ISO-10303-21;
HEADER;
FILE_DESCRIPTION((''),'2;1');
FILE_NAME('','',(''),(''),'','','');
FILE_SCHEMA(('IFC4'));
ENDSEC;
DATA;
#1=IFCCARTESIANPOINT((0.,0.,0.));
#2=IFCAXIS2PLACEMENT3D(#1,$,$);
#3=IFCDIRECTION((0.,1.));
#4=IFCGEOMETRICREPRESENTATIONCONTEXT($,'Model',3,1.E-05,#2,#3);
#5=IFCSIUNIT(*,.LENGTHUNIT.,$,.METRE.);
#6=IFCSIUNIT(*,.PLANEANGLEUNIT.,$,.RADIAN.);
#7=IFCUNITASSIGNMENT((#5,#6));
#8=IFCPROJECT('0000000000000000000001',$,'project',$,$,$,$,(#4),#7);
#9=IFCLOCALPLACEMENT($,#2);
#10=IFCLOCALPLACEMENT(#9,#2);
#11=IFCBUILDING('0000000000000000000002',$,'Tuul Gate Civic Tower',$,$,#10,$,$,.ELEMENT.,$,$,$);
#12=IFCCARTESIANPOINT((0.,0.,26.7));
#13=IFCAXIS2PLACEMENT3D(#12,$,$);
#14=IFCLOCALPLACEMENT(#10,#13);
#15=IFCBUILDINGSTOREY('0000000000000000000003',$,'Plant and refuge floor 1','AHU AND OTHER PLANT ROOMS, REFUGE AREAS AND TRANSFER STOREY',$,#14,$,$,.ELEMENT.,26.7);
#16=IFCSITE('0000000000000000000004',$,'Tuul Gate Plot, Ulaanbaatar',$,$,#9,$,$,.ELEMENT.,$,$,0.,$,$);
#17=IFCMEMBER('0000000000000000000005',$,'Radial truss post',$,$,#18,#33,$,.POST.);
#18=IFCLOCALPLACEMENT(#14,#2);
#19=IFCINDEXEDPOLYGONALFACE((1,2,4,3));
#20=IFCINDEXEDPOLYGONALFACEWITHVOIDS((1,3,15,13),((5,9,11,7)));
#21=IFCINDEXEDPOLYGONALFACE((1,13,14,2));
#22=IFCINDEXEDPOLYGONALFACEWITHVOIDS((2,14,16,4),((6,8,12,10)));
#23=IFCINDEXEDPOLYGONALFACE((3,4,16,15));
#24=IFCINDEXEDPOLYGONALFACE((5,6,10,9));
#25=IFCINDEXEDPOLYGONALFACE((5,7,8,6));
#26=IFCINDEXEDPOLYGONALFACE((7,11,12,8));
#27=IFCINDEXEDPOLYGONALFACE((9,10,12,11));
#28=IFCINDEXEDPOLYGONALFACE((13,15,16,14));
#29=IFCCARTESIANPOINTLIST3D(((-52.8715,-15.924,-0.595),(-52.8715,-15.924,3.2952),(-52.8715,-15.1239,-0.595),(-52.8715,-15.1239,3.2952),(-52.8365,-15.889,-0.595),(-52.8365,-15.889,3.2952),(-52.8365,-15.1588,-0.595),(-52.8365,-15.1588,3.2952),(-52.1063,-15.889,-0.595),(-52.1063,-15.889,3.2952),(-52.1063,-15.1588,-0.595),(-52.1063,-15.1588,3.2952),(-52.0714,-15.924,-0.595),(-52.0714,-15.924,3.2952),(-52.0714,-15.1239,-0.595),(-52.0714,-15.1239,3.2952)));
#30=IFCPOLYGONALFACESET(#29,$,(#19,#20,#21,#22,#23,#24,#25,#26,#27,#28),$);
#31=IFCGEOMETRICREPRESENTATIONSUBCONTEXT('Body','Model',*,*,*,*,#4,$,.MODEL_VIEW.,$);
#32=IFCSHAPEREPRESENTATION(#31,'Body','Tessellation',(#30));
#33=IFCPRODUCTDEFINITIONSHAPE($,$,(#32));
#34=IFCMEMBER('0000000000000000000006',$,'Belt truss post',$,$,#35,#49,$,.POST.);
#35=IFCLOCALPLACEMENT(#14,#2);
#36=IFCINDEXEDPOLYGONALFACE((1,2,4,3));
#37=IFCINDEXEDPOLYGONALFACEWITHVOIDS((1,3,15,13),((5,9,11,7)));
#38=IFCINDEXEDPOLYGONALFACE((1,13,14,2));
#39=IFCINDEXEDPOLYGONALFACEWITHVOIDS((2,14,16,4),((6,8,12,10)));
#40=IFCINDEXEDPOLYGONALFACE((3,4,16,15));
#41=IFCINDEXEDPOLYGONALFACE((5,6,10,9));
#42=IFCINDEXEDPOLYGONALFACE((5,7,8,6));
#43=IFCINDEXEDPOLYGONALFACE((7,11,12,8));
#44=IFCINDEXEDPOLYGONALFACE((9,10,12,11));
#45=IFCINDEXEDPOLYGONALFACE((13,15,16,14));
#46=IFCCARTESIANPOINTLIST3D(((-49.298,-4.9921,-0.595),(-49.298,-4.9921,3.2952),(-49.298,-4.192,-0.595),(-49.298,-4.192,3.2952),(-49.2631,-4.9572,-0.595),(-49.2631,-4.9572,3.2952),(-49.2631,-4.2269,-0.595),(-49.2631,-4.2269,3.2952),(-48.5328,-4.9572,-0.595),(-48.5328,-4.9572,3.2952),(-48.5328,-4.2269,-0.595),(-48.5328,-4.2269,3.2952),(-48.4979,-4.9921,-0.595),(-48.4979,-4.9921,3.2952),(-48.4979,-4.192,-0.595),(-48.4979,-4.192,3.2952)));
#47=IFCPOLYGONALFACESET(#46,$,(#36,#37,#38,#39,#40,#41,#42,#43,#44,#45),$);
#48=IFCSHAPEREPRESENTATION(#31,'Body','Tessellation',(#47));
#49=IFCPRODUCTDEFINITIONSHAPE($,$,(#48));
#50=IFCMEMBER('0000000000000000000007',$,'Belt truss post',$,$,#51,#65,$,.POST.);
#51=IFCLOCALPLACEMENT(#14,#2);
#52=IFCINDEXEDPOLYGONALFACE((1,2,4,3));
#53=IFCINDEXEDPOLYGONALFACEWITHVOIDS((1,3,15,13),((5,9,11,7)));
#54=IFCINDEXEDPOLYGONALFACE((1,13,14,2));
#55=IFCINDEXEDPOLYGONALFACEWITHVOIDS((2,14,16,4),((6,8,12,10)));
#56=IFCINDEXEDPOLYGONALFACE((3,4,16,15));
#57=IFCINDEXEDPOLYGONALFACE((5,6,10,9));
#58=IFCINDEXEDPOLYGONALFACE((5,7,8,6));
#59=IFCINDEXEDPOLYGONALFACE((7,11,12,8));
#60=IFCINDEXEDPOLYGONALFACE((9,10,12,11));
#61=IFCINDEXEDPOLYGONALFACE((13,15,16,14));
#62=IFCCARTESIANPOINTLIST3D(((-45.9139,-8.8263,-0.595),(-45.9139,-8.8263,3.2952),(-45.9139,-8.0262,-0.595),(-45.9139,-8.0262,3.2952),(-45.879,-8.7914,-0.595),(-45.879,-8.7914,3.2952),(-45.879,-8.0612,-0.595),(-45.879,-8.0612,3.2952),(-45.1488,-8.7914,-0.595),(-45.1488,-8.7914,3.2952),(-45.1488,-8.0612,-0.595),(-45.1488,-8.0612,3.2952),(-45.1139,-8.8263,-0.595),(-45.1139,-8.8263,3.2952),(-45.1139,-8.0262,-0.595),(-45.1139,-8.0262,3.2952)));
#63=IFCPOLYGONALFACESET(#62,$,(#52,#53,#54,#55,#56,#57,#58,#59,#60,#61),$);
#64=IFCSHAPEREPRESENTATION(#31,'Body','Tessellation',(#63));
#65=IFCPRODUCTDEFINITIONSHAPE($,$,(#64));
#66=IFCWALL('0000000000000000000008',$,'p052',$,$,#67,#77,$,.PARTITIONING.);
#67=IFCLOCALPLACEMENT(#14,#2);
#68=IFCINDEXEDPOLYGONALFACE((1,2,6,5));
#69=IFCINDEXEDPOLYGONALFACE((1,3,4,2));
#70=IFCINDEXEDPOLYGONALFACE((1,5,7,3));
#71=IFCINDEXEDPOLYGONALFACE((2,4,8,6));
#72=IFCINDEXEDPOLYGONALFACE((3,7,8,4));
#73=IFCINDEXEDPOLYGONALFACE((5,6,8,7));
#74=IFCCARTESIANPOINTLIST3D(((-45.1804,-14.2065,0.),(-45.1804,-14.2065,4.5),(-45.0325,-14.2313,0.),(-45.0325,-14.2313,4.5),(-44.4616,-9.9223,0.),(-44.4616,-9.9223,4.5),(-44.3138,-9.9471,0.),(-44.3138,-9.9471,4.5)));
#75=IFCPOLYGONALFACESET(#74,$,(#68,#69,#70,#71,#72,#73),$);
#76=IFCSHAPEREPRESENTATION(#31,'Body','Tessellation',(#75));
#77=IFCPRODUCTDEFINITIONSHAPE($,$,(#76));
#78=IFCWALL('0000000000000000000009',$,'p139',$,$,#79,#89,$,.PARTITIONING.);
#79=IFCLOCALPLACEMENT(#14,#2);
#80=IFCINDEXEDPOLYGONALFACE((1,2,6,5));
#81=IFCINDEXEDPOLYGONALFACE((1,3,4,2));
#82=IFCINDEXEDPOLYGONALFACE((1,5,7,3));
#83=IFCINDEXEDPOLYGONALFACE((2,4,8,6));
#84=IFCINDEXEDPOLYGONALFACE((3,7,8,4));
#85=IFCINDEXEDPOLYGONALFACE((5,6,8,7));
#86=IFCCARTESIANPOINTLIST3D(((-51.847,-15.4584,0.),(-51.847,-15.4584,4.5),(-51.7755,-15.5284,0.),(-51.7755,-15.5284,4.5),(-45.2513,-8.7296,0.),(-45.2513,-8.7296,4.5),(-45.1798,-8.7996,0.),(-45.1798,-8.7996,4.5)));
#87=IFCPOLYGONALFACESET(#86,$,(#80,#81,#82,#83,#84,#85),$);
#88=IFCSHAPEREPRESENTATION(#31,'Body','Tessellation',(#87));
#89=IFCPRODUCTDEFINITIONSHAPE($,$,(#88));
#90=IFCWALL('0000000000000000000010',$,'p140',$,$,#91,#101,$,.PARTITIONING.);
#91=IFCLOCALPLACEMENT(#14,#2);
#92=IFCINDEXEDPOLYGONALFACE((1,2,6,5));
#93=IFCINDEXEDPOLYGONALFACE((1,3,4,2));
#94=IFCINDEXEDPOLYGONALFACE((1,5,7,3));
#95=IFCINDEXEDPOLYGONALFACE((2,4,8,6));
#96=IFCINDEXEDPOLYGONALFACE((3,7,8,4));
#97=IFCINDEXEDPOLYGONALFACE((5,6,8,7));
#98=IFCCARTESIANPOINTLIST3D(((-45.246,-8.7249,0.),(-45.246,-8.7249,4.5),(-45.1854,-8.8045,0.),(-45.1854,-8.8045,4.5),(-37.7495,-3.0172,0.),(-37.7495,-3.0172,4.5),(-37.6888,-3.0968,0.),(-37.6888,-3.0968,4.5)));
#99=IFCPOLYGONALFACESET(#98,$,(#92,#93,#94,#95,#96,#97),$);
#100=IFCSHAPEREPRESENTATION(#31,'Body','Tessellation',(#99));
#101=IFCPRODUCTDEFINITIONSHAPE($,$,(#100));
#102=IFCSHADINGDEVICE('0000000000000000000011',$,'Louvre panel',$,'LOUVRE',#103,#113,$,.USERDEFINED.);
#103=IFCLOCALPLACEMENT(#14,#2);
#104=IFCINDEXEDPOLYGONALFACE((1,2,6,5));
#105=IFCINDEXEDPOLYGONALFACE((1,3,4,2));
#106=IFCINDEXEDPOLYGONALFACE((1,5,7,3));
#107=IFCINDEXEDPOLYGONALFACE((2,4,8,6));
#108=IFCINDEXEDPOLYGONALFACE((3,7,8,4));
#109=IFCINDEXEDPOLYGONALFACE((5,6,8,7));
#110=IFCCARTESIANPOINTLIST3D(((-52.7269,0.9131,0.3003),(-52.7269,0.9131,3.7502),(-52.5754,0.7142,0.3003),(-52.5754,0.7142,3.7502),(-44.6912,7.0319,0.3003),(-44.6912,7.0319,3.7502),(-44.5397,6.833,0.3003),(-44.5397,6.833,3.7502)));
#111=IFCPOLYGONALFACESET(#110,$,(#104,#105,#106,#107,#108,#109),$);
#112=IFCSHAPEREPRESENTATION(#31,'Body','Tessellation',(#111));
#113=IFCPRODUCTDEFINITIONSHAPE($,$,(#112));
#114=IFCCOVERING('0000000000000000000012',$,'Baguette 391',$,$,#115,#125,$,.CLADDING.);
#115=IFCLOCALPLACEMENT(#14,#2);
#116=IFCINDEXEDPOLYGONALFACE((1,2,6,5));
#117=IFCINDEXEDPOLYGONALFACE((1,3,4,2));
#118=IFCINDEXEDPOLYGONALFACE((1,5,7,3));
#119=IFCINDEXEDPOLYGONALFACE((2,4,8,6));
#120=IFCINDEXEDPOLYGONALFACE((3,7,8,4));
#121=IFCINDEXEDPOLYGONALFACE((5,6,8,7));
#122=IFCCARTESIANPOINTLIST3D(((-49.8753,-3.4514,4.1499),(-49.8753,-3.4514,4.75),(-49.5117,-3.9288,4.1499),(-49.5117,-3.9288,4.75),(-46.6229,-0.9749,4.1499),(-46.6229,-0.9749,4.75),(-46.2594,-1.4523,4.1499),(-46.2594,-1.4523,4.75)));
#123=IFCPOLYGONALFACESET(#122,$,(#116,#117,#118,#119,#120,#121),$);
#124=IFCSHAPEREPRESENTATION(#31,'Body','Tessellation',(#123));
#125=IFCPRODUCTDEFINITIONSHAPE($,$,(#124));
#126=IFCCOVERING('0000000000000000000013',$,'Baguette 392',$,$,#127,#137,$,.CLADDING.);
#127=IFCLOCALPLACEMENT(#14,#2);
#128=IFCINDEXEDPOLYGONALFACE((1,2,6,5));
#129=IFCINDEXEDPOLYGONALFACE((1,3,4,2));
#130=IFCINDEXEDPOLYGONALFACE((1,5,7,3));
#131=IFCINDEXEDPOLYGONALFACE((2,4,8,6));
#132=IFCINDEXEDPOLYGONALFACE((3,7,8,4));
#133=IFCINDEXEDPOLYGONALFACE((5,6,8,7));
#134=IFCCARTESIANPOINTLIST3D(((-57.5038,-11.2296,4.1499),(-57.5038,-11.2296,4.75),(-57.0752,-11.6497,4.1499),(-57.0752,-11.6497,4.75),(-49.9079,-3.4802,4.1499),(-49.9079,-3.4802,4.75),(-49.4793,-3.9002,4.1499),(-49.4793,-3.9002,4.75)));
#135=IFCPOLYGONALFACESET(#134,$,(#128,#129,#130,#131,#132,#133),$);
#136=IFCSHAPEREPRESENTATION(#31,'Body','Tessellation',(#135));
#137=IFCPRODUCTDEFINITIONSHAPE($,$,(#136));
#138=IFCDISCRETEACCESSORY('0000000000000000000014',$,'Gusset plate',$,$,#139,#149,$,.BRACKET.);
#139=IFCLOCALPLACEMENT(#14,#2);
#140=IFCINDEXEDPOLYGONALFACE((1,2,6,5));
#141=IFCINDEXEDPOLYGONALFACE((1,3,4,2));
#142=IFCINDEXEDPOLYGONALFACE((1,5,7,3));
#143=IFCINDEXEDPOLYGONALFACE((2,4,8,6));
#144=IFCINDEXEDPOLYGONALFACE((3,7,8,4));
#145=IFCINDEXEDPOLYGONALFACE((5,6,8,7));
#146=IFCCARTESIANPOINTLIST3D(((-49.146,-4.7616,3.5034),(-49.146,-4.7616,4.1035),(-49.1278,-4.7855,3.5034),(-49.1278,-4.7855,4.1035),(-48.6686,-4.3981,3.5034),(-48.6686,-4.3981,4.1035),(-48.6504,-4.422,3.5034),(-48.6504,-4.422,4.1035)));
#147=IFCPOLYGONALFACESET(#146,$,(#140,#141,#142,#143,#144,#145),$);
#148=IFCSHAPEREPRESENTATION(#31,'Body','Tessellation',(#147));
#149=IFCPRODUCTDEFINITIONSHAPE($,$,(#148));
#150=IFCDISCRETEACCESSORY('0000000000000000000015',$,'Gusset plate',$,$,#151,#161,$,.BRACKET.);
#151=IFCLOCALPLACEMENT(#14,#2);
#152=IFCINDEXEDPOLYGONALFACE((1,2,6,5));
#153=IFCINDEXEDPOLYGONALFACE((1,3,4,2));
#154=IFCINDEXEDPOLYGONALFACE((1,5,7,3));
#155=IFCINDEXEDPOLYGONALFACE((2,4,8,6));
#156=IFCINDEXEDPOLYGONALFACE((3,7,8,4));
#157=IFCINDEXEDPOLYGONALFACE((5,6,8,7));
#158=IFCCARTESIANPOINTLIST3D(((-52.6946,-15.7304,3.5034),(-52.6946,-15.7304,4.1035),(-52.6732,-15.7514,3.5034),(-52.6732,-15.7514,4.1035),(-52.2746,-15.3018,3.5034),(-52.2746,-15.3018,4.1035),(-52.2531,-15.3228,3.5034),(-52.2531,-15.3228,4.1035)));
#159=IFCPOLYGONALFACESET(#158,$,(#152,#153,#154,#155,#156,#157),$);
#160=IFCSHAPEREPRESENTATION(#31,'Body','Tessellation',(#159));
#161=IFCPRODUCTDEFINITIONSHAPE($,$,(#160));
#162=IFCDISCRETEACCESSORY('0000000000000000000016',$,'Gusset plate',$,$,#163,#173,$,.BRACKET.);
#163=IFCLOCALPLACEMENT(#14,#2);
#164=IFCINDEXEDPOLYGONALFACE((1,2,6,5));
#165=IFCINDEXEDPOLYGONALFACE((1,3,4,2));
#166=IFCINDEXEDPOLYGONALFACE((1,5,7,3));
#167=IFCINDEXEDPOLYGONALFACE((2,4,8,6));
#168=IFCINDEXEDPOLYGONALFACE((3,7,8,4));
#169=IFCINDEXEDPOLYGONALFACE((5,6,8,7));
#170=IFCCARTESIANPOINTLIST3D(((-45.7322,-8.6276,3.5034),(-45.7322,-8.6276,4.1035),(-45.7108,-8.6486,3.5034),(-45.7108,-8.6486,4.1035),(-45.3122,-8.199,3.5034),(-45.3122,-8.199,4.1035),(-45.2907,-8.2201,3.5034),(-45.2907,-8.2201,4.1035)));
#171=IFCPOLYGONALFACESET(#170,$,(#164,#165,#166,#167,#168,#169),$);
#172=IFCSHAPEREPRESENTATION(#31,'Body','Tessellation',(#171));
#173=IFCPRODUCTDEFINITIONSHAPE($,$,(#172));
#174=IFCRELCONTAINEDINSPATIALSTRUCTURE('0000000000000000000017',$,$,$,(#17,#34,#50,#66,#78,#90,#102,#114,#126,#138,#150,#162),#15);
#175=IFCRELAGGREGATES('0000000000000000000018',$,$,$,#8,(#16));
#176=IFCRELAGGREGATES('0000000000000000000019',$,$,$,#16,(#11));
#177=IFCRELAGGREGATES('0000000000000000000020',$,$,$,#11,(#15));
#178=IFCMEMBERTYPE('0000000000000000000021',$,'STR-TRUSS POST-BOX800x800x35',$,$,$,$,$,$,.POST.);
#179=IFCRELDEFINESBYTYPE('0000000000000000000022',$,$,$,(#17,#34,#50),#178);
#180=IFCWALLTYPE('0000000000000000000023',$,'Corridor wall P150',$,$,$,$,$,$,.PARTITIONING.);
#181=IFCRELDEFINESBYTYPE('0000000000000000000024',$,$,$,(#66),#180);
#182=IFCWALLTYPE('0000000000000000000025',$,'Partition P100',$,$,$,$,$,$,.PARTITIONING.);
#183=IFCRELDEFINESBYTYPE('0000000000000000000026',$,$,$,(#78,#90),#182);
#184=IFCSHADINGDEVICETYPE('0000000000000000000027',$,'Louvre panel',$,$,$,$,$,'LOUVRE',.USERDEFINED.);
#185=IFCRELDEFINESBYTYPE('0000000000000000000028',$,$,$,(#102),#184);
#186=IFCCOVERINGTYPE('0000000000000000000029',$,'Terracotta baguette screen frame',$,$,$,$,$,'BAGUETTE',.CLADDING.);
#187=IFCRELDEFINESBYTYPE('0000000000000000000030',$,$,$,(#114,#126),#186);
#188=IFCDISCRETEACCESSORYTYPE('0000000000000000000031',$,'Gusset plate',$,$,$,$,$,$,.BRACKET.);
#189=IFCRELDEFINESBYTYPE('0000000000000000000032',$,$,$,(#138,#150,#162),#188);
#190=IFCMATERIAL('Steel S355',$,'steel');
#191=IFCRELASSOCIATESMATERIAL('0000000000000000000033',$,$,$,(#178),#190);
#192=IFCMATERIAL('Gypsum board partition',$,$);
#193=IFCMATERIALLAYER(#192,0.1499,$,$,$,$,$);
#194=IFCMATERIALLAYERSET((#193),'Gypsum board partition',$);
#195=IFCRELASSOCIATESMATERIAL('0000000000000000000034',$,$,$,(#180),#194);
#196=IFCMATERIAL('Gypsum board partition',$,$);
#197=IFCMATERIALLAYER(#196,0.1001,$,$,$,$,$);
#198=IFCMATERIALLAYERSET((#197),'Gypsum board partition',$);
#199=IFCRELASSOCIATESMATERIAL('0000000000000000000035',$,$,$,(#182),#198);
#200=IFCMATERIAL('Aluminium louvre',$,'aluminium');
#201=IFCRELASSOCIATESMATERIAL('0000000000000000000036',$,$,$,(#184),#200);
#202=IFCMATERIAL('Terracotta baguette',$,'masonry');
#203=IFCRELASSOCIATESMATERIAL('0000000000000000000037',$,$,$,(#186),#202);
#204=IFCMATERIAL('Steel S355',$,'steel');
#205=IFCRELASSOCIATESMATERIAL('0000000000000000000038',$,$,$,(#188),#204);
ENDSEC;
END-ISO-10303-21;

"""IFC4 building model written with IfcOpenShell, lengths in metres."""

from ifc_helpers import new_model, si_unit, direction, frame, frame_2d, origin, origin_2d, place, context, subcontext, project, spatial, rectangle, hollow_rectangle, extrude, material, layer, layer_set, material_profile, profile_set, type_object, element, save


model = new_model("IFC4")

# Units and contexts
model_context = context("Model", 3, precision=1e-05, world=origin(), true_north=direction((0.0, 1.0)))
body_context = subcontext(model_context, "Body", "Model", "MODEL_VIEW")
ifc_project = project(units=[si_unit("LENGTHUNIT", "METRE"), si_unit("PLANEANGLEUNIT", "RADIAN")], contexts=[model_context])

# Site, building, storey
site_placement = place(None, origin())
site = spatial("IfcSite", under=ifc_project, at=site_placement, Name="Tuul Gate Plot, Ulaanbaatar", CompositionType="ELEMENT", RefElevation=0.0)
building_placement = place(site_placement, origin())
building = spatial("IfcBuilding", under=site, at=building_placement, Name="Tuul Gate Civic Tower", CompositionType="ELEMENT")
storey_placement = place(building_placement, frame((0.0, 0.0, 26.7)))
storey = spatial("IfcBuildingStorey", under=building, at=storey_placement, Name="Plant and refuge floor 1", Description="AHU AND OTHER PLANT ROOMS, REFUGE AREAS AND TRANSFER STOREY", CompositionType="ELEMENT", Elevation=26.7)

# Members
ifc_material_1 = material(Name="Steel S355", Category="steel")
ifc_material_profile_1 = material_profile(ifc_material_1, hollow_rectangle(XDim=0.8, YDim=0.8, WallThickness=0.0349, at=origin_2d()), Name="BOX800x800x35")
ifc_profile_set_1 = profile_set([ifc_material_profile_1], Name="Steel S355")
member_type_1 = type_object("IfcMemberType", Name="STR-TRUSS POST-BOX800x800x35", PredefinedType="POST", material=ifc_profile_set_1)
for number, where, z_axis, x_axis, name in (
    (1, (-52.4714, -15.5239, -0.595), (0.0, 0.0, 1.0), (1.0, 0.0, 0.0), "Radial truss post"),
    (2, (-48.8979, -4.592, -0.595), (0.0, 0.0, 1.0), (1.0, 0.0, 0.0), "Belt truss post"),
    (3, (-45.5139, -8.4263, -0.595), (0.0, 0.0, 1.0), (1.0, 0.0, 0.0), "Belt truss post"),
):
    element("IfcMember", number, at=place(storey_placement, frame(where, z_axis=z_axis, x_axis=x_axis)), inside=storey, type_object=member_type_1, Name=name, PredefinedType="POST", context=body_context, shape_type="SweptSolid", body=[
        extrude(hollow_rectangle(XDim=0.8, YDim=0.8, WallThickness=0.0349, at=origin_2d()), origin(), (0.0, 0.0, 1.0), 3.8901),
    ])

# Walls
ifc_material_2 = material(Name="Gypsum board partition")
ifc_layer_1 = layer(ifc_material_2, 0.1499)
ifc_layer_set_1 = layer_set([ifc_layer_1], Name="Gypsum board partition")
wall_type_1 = type_object("IfcWallType", Name="Corridor wall P150", PredefinedType="PARTITIONING", material=ifc_layer_set_1)
wall_1_placement = place(storey_placement, frame((-45.1064, -14.2188, 0.0), z_axis=(0.0, 0.0, 1.0), x_axis=(0.165456, 0.986217, 0.0)))
element("IfcWall", 4, at=wall_1_placement, inside=storey, type_object=wall_type_1, Name="p052", PredefinedType="PARTITIONING", context=body_context, shape_type="SweptSolid", body=[
    extrude(rectangle(XDim=4.344, YDim=0.1499, at=frame_2d((2.1719, 0.0))), origin(), (0.0, 0.0, 1.0), 4.5),
])
ifc_material_3 = material(Name="Gypsum board partition")
ifc_layer_2 = layer(ifc_material_3, 0.1001)
ifc_layer_set_2 = layer_set([ifc_layer_2], Name="Gypsum board partition")
wall_type_2 = type_object("IfcWallType", Name="Partition P100", PredefinedType="PARTITIONING", material=ifc_layer_set_2)
wall_2_placement = place(storey_placement, frame((-51.8113, -15.4934, 0.0), z_axis=(0.0, 0.0, 1.0), x_axis=(0.700011, 0.714132, 0.0)))
element("IfcWall", 5, at=wall_2_placement, inside=storey, type_object=wall_type_2, Name="p139", PredefinedType="PARTITIONING", context=body_context, shape_type="SweptSolid", body=[
    extrude(rectangle(XDim=9.4224, YDim=0.1001, at=frame_2d((4.7112, 0.0))), origin(), (0.0, 0.0, 1.0), 4.5),
])
wall_3_placement = place(storey_placement, frame((-45.2156, -8.7646, 0.0), z_axis=(0.0, 0.0, 1.0), x_axis=(0.795632, 0.60578, 0.0)))
element("IfcWall", 6, at=wall_3_placement, inside=storey, type_object=wall_type_2, Name="p140", PredefinedType="PARTITIONING", context=body_context, shape_type="SweptSolid", body=[
    extrude(rectangle(XDim=9.4221, YDim=0.1001, at=frame_2d((4.7109, 0.0))), origin(), (0.0, 0.0, 1.0), 4.5),
])

# Shading device
ifc_material_4 = material(Name="Aluminium louvre", Category="aluminium")
shading_device_type = type_object("IfcShadingDeviceType", Name="Louvre panel", ElementType="LOUVRE", PredefinedType="USERDEFINED", material=ifc_material_4)
shading_device_placement = place(storey_placement, frame((-48.6333, 3.873, 0.3003), z_axis=(0.0, 0.0, 1.0), x_axis=(-0.605812, 0.795608, 0.0)))
element("IfcShadingDevice", 7, at=shading_device_placement, inside=storey, type_object=shading_device_type, Name="Louvre panel", ObjectType="LOUVRE", PredefinedType="USERDEFINED", context=body_context, shape_type="SweptSolid", body=[
    extrude(rectangle(XDim=0.25, YDim=10.1001, at=origin_2d()), origin(), (0.0, 0.0, 1.0), 3.45),
])

# Coverings
ifc_material_5 = material(Name="Terracotta baguette", Category="masonry")
ifc_material_profile_2 = material_profile(ifc_material_5, rectangle(XDim=0.6001, YDim=0.6001, at=origin_2d()), Name="Terracotta baguette screen frame")
ifc_profile_set_2 = profile_set([ifc_material_profile_2], Name="Terracotta baguette")
covering_type = type_object("IfcCoveringType", Name="Terracotta baguette screen frame", ElementType="BAGUETTE", PredefinedType="CLADDING", material=ifc_profile_set_2)
covering_1_placement = place(storey_placement, frame((-46.4412, -1.2136, 4.45), z_axis=(-0.795607, -0.605813, 0.0), x_axis=(0.605813, -0.795607, 0.0)))
element("IfcCovering", 8, at=covering_1_placement, inside=storey, type_object=covering_type, Name="Baguette 391", PredefinedType="CLADDING", context=body_context, shape_type="SweptSolid", body=[
    extrude(rectangle(XDim=0.6001, YDim=0.6001, at=origin_2d()), origin(), (0.0, 0.0, 1.0), 4.0879),
])
covering_2_placement = place(storey_placement, frame((-49.6936, -3.6902, 4.45), z_axis=(-0.699996, -0.714147, 0.0), x_axis=(0.714147, -0.699996, 0.0)))
element("IfcCovering", 9, at=covering_2_placement, inside=storey, type_object=covering_type, Name="Baguette 392", PredefinedType="CLADDING", context=body_context, shape_type="SweptSolid", body=[
    extrude(rectangle(XDim=0.6001, YDim=0.6001, at=origin_2d()), origin(), (0.0, 0.0, 1.0), 10.8513),
])

# Discrete accessories
ifc_material_6 = material(Name="Steel S355", Category="steel")
discrete_accessory_type = type_object("IfcDiscreteAccessoryType", Name="Gusset plate", PredefinedType="BRACKET", material=ifc_material_6)
for number, where, z_axis, x_axis, name in (
    (10, (-48.8982, -4.5918, 3.5034), (0.0, 0.0, 1.0), (0.795664, 0.605738, 0.0), "Gusset plate"),
    (11, (-52.4739, -15.5266, 3.5034), (0.0, 0.0, 1.0), (0.700012, 0.714131, 0.0), "Gusset plate"),
    (12, (-45.5115, -8.4238, 3.5034), (0.0, 0.0, 1.0), (-0.700012, -0.714131, 0.0), "Gusset plate"),
):
    element("IfcDiscreteAccessory", number, at=place(storey_placement, frame(where, z_axis=z_axis, x_axis=x_axis)), inside=storey, type_object=discrete_accessory_type, Name=name, PredefinedType="BRACKET", context=body_context, shape_type="SweptSolid", body=[
        extrude(rectangle(XDim=0.6001, YDim=0.03, at=origin_2d()), origin(), (0.0, 0.0, 1.0), 0.6001),
    ])

save(model, "model.ifc")
